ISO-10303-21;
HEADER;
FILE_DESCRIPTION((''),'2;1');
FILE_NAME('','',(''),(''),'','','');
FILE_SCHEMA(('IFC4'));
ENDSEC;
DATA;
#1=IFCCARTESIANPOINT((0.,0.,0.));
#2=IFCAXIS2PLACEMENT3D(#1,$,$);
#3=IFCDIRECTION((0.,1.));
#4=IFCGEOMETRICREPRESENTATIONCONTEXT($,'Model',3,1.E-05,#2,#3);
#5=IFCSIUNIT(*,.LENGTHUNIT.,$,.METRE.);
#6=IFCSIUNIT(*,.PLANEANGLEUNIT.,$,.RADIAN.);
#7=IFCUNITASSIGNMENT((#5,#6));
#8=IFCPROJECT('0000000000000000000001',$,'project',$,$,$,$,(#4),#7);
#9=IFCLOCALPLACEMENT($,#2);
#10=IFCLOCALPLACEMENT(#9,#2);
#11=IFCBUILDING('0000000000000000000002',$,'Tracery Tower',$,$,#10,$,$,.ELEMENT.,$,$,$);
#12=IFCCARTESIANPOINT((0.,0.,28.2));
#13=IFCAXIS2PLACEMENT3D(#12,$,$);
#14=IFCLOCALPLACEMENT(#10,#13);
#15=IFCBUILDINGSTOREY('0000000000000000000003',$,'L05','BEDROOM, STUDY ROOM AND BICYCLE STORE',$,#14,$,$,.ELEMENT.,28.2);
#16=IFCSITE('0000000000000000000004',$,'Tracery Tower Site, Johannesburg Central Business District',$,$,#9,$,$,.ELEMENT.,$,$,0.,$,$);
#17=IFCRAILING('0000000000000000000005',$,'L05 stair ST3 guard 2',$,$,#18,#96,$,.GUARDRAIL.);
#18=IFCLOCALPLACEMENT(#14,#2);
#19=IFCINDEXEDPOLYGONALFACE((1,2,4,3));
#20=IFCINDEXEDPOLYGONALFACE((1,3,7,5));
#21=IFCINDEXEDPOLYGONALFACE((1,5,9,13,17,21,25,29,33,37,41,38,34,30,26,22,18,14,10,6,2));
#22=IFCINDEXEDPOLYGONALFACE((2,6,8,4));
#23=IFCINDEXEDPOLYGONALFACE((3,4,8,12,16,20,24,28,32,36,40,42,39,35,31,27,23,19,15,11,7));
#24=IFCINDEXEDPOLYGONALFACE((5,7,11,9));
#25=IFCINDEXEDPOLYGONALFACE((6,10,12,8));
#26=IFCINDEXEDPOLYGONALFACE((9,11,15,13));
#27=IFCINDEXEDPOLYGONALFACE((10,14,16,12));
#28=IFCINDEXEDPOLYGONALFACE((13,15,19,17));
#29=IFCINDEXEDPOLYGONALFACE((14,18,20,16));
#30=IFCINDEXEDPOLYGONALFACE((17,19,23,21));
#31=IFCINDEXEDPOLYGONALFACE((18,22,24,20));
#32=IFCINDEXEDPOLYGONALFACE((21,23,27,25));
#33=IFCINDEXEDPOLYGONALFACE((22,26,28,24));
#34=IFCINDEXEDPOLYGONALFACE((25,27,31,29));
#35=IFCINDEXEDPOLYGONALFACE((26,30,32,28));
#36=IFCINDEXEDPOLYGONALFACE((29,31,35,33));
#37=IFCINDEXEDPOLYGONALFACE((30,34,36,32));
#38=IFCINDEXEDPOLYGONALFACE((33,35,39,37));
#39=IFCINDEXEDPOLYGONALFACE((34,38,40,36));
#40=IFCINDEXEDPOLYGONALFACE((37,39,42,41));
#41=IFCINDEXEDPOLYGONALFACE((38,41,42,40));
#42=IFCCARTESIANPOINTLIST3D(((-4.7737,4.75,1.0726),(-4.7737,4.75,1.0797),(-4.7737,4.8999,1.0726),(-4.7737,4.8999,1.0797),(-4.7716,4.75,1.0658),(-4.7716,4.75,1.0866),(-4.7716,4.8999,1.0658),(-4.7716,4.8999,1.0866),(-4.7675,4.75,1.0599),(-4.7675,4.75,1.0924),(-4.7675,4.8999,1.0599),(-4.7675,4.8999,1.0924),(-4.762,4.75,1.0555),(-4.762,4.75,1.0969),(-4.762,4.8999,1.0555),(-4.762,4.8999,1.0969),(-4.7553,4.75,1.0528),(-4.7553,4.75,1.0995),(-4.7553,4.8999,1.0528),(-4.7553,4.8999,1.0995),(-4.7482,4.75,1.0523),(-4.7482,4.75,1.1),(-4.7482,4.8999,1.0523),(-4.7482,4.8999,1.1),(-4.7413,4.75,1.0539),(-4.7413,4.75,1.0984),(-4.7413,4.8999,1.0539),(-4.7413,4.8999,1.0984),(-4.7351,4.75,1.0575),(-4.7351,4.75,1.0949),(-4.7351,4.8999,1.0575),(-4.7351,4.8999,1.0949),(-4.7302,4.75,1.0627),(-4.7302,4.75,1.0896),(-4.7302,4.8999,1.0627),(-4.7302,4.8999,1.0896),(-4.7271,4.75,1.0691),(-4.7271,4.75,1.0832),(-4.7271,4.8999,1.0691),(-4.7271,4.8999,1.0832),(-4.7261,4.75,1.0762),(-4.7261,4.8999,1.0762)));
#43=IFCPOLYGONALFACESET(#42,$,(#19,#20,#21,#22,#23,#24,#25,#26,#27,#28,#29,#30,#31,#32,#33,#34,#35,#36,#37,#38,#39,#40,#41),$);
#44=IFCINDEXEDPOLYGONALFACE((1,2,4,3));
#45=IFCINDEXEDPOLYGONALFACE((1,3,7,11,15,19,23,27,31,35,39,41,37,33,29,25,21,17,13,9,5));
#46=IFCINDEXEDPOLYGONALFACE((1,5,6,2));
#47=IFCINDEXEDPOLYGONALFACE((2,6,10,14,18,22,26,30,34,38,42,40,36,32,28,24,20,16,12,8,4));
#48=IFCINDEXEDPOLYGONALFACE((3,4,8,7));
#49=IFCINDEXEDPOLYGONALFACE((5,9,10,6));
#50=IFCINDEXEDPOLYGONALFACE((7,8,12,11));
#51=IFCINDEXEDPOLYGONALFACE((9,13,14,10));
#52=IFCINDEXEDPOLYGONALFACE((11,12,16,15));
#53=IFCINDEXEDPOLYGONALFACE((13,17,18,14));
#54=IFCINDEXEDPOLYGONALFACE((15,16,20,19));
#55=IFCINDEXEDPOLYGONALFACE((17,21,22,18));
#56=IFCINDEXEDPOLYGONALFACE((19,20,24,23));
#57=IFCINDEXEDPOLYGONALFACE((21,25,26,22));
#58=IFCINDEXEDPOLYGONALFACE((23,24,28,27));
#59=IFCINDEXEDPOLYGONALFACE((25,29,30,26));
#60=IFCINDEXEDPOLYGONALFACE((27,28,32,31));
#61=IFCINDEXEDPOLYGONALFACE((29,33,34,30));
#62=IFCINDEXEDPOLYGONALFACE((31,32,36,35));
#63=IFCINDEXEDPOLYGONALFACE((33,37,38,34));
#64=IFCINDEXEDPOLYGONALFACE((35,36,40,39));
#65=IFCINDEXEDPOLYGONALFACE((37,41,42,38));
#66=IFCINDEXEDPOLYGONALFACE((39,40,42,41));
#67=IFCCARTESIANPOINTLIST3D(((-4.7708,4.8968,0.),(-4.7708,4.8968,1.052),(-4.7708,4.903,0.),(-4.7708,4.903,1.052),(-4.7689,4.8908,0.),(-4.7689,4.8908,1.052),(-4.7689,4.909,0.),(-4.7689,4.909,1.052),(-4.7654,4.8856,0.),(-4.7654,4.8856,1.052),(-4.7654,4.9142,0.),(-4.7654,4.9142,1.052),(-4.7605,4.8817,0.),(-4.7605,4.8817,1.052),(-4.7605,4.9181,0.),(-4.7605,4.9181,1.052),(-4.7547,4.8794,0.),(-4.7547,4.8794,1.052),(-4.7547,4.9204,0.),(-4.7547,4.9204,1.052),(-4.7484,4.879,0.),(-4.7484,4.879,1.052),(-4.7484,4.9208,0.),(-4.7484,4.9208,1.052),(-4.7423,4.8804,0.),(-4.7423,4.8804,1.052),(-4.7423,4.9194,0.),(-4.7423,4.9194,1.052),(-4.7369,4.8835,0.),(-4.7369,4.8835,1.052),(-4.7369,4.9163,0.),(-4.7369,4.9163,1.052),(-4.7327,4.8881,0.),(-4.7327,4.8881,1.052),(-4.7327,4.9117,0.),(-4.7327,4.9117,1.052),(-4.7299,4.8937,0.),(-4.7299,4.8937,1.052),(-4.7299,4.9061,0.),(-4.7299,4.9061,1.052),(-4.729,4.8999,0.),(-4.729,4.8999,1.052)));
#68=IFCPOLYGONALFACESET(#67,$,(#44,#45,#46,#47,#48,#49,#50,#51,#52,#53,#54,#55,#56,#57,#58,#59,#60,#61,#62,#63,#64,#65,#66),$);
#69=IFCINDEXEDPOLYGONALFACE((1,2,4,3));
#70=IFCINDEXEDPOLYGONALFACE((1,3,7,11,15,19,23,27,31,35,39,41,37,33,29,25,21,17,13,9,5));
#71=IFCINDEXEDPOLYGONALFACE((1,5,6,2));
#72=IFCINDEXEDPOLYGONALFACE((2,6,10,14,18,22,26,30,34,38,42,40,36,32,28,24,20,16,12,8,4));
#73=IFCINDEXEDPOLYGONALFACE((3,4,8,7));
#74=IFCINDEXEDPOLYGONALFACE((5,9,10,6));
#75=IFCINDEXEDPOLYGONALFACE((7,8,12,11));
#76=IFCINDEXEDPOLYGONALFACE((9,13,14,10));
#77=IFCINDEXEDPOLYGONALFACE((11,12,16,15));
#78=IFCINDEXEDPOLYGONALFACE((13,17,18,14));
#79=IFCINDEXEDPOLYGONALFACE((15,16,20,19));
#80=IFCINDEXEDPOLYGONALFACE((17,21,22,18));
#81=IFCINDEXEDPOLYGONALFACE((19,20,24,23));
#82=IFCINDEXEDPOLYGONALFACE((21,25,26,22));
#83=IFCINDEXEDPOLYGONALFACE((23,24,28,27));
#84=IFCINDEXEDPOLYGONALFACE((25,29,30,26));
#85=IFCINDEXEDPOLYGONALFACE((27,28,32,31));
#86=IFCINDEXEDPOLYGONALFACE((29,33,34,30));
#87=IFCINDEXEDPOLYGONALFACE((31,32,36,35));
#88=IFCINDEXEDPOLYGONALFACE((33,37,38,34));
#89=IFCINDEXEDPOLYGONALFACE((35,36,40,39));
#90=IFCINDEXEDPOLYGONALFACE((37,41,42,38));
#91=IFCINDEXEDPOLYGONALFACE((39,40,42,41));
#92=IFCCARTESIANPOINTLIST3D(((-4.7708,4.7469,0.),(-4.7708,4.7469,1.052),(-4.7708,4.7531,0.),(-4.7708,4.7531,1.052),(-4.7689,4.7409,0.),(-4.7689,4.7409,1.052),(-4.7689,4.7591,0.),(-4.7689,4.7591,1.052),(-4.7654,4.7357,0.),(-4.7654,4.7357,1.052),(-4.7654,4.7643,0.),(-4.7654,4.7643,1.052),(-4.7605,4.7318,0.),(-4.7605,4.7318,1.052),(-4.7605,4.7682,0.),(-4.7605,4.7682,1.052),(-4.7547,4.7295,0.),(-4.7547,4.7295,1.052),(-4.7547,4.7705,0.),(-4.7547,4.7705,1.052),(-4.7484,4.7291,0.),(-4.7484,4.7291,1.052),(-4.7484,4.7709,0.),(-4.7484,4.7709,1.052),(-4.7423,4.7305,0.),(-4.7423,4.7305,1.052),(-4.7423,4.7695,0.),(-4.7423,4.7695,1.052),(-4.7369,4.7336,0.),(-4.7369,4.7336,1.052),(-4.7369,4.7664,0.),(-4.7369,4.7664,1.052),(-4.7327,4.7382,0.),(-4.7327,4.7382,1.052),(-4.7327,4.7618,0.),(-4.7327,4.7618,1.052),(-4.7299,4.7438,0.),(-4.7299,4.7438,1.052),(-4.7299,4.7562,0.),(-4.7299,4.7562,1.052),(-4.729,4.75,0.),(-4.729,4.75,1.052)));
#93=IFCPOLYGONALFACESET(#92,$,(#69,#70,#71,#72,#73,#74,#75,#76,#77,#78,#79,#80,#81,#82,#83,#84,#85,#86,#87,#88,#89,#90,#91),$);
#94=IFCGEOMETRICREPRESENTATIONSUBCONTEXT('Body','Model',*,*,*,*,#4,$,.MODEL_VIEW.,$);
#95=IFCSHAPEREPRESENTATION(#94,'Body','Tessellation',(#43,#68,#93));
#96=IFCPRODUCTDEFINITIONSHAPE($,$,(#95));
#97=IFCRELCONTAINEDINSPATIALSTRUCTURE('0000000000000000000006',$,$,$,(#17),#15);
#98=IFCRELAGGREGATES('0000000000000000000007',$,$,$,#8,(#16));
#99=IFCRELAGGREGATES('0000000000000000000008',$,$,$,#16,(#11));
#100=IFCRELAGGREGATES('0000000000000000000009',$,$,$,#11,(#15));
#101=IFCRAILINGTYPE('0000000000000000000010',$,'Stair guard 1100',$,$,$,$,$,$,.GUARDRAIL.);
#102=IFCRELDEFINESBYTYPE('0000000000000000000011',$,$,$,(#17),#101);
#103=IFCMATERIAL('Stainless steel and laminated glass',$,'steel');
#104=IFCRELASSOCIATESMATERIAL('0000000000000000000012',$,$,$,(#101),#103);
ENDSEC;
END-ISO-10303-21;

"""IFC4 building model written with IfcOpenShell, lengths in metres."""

from ifc_helpers import new_model, si_unit, direction, frame, origin, origin_2d, place, context, subcontext, project, spatial, circle, extrude, material, type_object, element, save


model = new_model("IFC4")

# Units and contexts
model_context = context("Model", 3, precision=1e-05, world=origin(), true_north=direction((0.0, 1.0)))
body_context = subcontext(model_context, "Body", "Model", "MODEL_VIEW")
ifc_project = project(units=[si_unit("LENGTHUNIT", "METRE"), si_unit("PLANEANGLEUNIT", "RADIAN")], contexts=[model_context])

# Site, building, storey
site_placement = place(None, origin())
site = spatial("IfcSite", under=ifc_project, at=site_placement, Name="Tracery Tower Site, Johannesburg Central Business District", CompositionType="ELEMENT", RefElevation=0.0)
building_placement = place(site_placement, origin())
building = spatial("IfcBuilding", under=site, at=building_placement, Name="Tracery Tower", CompositionType="ELEMENT")
storey_placement = place(building_placement, frame((0.0, 0.0, 28.2)))
storey = spatial("IfcBuildingStorey", under=building, at=storey_placement, Name="L05", Description="BEDROOM, STUDY ROOM AND BICYCLE STORE", CompositionType="ELEMENT", Elevation=28.2)

# Railing
ifc_material_1 = material(Name="Stainless steel and laminated glass", Category="steel")
railing_type_1 = type_object("IfcRailingType", Name="Stair guard 1100", PredefinedType="GUARDRAIL", material=ifc_material_1)
railing_1_placement = place(storey_placement, frame((-4.75, 4.8999, 0.0)))
element("IfcRailing", 1, at=railing_1_placement, inside=storey, type_object=railing_type_1, Name="L05 stair ST3 guard 2", PredefinedType="GUARDRAIL", context=body_context, shape_type="SweptSolid", body=[
    extrude(circle(Radius=0.0239, at=origin_2d()), frame((0.0, 0.0, 1.0762), z_axis=(0.0, -1.0, 0.0), x_axis=(1.0, 0.0, 0.0)), (0.0, 0.0, 1.0), 0.1499),
    extrude(circle(Radius=0.021, at=origin_2d()), origin(), (0.0, 0.0, 1.0), 1.052),
    extrude(circle(Radius=0.021, at=origin_2d()), frame((0.0, -0.1499, 0.0)), (0.0, 0.0, 1.0), 1.052),
])

save(model, "model.ifc")
